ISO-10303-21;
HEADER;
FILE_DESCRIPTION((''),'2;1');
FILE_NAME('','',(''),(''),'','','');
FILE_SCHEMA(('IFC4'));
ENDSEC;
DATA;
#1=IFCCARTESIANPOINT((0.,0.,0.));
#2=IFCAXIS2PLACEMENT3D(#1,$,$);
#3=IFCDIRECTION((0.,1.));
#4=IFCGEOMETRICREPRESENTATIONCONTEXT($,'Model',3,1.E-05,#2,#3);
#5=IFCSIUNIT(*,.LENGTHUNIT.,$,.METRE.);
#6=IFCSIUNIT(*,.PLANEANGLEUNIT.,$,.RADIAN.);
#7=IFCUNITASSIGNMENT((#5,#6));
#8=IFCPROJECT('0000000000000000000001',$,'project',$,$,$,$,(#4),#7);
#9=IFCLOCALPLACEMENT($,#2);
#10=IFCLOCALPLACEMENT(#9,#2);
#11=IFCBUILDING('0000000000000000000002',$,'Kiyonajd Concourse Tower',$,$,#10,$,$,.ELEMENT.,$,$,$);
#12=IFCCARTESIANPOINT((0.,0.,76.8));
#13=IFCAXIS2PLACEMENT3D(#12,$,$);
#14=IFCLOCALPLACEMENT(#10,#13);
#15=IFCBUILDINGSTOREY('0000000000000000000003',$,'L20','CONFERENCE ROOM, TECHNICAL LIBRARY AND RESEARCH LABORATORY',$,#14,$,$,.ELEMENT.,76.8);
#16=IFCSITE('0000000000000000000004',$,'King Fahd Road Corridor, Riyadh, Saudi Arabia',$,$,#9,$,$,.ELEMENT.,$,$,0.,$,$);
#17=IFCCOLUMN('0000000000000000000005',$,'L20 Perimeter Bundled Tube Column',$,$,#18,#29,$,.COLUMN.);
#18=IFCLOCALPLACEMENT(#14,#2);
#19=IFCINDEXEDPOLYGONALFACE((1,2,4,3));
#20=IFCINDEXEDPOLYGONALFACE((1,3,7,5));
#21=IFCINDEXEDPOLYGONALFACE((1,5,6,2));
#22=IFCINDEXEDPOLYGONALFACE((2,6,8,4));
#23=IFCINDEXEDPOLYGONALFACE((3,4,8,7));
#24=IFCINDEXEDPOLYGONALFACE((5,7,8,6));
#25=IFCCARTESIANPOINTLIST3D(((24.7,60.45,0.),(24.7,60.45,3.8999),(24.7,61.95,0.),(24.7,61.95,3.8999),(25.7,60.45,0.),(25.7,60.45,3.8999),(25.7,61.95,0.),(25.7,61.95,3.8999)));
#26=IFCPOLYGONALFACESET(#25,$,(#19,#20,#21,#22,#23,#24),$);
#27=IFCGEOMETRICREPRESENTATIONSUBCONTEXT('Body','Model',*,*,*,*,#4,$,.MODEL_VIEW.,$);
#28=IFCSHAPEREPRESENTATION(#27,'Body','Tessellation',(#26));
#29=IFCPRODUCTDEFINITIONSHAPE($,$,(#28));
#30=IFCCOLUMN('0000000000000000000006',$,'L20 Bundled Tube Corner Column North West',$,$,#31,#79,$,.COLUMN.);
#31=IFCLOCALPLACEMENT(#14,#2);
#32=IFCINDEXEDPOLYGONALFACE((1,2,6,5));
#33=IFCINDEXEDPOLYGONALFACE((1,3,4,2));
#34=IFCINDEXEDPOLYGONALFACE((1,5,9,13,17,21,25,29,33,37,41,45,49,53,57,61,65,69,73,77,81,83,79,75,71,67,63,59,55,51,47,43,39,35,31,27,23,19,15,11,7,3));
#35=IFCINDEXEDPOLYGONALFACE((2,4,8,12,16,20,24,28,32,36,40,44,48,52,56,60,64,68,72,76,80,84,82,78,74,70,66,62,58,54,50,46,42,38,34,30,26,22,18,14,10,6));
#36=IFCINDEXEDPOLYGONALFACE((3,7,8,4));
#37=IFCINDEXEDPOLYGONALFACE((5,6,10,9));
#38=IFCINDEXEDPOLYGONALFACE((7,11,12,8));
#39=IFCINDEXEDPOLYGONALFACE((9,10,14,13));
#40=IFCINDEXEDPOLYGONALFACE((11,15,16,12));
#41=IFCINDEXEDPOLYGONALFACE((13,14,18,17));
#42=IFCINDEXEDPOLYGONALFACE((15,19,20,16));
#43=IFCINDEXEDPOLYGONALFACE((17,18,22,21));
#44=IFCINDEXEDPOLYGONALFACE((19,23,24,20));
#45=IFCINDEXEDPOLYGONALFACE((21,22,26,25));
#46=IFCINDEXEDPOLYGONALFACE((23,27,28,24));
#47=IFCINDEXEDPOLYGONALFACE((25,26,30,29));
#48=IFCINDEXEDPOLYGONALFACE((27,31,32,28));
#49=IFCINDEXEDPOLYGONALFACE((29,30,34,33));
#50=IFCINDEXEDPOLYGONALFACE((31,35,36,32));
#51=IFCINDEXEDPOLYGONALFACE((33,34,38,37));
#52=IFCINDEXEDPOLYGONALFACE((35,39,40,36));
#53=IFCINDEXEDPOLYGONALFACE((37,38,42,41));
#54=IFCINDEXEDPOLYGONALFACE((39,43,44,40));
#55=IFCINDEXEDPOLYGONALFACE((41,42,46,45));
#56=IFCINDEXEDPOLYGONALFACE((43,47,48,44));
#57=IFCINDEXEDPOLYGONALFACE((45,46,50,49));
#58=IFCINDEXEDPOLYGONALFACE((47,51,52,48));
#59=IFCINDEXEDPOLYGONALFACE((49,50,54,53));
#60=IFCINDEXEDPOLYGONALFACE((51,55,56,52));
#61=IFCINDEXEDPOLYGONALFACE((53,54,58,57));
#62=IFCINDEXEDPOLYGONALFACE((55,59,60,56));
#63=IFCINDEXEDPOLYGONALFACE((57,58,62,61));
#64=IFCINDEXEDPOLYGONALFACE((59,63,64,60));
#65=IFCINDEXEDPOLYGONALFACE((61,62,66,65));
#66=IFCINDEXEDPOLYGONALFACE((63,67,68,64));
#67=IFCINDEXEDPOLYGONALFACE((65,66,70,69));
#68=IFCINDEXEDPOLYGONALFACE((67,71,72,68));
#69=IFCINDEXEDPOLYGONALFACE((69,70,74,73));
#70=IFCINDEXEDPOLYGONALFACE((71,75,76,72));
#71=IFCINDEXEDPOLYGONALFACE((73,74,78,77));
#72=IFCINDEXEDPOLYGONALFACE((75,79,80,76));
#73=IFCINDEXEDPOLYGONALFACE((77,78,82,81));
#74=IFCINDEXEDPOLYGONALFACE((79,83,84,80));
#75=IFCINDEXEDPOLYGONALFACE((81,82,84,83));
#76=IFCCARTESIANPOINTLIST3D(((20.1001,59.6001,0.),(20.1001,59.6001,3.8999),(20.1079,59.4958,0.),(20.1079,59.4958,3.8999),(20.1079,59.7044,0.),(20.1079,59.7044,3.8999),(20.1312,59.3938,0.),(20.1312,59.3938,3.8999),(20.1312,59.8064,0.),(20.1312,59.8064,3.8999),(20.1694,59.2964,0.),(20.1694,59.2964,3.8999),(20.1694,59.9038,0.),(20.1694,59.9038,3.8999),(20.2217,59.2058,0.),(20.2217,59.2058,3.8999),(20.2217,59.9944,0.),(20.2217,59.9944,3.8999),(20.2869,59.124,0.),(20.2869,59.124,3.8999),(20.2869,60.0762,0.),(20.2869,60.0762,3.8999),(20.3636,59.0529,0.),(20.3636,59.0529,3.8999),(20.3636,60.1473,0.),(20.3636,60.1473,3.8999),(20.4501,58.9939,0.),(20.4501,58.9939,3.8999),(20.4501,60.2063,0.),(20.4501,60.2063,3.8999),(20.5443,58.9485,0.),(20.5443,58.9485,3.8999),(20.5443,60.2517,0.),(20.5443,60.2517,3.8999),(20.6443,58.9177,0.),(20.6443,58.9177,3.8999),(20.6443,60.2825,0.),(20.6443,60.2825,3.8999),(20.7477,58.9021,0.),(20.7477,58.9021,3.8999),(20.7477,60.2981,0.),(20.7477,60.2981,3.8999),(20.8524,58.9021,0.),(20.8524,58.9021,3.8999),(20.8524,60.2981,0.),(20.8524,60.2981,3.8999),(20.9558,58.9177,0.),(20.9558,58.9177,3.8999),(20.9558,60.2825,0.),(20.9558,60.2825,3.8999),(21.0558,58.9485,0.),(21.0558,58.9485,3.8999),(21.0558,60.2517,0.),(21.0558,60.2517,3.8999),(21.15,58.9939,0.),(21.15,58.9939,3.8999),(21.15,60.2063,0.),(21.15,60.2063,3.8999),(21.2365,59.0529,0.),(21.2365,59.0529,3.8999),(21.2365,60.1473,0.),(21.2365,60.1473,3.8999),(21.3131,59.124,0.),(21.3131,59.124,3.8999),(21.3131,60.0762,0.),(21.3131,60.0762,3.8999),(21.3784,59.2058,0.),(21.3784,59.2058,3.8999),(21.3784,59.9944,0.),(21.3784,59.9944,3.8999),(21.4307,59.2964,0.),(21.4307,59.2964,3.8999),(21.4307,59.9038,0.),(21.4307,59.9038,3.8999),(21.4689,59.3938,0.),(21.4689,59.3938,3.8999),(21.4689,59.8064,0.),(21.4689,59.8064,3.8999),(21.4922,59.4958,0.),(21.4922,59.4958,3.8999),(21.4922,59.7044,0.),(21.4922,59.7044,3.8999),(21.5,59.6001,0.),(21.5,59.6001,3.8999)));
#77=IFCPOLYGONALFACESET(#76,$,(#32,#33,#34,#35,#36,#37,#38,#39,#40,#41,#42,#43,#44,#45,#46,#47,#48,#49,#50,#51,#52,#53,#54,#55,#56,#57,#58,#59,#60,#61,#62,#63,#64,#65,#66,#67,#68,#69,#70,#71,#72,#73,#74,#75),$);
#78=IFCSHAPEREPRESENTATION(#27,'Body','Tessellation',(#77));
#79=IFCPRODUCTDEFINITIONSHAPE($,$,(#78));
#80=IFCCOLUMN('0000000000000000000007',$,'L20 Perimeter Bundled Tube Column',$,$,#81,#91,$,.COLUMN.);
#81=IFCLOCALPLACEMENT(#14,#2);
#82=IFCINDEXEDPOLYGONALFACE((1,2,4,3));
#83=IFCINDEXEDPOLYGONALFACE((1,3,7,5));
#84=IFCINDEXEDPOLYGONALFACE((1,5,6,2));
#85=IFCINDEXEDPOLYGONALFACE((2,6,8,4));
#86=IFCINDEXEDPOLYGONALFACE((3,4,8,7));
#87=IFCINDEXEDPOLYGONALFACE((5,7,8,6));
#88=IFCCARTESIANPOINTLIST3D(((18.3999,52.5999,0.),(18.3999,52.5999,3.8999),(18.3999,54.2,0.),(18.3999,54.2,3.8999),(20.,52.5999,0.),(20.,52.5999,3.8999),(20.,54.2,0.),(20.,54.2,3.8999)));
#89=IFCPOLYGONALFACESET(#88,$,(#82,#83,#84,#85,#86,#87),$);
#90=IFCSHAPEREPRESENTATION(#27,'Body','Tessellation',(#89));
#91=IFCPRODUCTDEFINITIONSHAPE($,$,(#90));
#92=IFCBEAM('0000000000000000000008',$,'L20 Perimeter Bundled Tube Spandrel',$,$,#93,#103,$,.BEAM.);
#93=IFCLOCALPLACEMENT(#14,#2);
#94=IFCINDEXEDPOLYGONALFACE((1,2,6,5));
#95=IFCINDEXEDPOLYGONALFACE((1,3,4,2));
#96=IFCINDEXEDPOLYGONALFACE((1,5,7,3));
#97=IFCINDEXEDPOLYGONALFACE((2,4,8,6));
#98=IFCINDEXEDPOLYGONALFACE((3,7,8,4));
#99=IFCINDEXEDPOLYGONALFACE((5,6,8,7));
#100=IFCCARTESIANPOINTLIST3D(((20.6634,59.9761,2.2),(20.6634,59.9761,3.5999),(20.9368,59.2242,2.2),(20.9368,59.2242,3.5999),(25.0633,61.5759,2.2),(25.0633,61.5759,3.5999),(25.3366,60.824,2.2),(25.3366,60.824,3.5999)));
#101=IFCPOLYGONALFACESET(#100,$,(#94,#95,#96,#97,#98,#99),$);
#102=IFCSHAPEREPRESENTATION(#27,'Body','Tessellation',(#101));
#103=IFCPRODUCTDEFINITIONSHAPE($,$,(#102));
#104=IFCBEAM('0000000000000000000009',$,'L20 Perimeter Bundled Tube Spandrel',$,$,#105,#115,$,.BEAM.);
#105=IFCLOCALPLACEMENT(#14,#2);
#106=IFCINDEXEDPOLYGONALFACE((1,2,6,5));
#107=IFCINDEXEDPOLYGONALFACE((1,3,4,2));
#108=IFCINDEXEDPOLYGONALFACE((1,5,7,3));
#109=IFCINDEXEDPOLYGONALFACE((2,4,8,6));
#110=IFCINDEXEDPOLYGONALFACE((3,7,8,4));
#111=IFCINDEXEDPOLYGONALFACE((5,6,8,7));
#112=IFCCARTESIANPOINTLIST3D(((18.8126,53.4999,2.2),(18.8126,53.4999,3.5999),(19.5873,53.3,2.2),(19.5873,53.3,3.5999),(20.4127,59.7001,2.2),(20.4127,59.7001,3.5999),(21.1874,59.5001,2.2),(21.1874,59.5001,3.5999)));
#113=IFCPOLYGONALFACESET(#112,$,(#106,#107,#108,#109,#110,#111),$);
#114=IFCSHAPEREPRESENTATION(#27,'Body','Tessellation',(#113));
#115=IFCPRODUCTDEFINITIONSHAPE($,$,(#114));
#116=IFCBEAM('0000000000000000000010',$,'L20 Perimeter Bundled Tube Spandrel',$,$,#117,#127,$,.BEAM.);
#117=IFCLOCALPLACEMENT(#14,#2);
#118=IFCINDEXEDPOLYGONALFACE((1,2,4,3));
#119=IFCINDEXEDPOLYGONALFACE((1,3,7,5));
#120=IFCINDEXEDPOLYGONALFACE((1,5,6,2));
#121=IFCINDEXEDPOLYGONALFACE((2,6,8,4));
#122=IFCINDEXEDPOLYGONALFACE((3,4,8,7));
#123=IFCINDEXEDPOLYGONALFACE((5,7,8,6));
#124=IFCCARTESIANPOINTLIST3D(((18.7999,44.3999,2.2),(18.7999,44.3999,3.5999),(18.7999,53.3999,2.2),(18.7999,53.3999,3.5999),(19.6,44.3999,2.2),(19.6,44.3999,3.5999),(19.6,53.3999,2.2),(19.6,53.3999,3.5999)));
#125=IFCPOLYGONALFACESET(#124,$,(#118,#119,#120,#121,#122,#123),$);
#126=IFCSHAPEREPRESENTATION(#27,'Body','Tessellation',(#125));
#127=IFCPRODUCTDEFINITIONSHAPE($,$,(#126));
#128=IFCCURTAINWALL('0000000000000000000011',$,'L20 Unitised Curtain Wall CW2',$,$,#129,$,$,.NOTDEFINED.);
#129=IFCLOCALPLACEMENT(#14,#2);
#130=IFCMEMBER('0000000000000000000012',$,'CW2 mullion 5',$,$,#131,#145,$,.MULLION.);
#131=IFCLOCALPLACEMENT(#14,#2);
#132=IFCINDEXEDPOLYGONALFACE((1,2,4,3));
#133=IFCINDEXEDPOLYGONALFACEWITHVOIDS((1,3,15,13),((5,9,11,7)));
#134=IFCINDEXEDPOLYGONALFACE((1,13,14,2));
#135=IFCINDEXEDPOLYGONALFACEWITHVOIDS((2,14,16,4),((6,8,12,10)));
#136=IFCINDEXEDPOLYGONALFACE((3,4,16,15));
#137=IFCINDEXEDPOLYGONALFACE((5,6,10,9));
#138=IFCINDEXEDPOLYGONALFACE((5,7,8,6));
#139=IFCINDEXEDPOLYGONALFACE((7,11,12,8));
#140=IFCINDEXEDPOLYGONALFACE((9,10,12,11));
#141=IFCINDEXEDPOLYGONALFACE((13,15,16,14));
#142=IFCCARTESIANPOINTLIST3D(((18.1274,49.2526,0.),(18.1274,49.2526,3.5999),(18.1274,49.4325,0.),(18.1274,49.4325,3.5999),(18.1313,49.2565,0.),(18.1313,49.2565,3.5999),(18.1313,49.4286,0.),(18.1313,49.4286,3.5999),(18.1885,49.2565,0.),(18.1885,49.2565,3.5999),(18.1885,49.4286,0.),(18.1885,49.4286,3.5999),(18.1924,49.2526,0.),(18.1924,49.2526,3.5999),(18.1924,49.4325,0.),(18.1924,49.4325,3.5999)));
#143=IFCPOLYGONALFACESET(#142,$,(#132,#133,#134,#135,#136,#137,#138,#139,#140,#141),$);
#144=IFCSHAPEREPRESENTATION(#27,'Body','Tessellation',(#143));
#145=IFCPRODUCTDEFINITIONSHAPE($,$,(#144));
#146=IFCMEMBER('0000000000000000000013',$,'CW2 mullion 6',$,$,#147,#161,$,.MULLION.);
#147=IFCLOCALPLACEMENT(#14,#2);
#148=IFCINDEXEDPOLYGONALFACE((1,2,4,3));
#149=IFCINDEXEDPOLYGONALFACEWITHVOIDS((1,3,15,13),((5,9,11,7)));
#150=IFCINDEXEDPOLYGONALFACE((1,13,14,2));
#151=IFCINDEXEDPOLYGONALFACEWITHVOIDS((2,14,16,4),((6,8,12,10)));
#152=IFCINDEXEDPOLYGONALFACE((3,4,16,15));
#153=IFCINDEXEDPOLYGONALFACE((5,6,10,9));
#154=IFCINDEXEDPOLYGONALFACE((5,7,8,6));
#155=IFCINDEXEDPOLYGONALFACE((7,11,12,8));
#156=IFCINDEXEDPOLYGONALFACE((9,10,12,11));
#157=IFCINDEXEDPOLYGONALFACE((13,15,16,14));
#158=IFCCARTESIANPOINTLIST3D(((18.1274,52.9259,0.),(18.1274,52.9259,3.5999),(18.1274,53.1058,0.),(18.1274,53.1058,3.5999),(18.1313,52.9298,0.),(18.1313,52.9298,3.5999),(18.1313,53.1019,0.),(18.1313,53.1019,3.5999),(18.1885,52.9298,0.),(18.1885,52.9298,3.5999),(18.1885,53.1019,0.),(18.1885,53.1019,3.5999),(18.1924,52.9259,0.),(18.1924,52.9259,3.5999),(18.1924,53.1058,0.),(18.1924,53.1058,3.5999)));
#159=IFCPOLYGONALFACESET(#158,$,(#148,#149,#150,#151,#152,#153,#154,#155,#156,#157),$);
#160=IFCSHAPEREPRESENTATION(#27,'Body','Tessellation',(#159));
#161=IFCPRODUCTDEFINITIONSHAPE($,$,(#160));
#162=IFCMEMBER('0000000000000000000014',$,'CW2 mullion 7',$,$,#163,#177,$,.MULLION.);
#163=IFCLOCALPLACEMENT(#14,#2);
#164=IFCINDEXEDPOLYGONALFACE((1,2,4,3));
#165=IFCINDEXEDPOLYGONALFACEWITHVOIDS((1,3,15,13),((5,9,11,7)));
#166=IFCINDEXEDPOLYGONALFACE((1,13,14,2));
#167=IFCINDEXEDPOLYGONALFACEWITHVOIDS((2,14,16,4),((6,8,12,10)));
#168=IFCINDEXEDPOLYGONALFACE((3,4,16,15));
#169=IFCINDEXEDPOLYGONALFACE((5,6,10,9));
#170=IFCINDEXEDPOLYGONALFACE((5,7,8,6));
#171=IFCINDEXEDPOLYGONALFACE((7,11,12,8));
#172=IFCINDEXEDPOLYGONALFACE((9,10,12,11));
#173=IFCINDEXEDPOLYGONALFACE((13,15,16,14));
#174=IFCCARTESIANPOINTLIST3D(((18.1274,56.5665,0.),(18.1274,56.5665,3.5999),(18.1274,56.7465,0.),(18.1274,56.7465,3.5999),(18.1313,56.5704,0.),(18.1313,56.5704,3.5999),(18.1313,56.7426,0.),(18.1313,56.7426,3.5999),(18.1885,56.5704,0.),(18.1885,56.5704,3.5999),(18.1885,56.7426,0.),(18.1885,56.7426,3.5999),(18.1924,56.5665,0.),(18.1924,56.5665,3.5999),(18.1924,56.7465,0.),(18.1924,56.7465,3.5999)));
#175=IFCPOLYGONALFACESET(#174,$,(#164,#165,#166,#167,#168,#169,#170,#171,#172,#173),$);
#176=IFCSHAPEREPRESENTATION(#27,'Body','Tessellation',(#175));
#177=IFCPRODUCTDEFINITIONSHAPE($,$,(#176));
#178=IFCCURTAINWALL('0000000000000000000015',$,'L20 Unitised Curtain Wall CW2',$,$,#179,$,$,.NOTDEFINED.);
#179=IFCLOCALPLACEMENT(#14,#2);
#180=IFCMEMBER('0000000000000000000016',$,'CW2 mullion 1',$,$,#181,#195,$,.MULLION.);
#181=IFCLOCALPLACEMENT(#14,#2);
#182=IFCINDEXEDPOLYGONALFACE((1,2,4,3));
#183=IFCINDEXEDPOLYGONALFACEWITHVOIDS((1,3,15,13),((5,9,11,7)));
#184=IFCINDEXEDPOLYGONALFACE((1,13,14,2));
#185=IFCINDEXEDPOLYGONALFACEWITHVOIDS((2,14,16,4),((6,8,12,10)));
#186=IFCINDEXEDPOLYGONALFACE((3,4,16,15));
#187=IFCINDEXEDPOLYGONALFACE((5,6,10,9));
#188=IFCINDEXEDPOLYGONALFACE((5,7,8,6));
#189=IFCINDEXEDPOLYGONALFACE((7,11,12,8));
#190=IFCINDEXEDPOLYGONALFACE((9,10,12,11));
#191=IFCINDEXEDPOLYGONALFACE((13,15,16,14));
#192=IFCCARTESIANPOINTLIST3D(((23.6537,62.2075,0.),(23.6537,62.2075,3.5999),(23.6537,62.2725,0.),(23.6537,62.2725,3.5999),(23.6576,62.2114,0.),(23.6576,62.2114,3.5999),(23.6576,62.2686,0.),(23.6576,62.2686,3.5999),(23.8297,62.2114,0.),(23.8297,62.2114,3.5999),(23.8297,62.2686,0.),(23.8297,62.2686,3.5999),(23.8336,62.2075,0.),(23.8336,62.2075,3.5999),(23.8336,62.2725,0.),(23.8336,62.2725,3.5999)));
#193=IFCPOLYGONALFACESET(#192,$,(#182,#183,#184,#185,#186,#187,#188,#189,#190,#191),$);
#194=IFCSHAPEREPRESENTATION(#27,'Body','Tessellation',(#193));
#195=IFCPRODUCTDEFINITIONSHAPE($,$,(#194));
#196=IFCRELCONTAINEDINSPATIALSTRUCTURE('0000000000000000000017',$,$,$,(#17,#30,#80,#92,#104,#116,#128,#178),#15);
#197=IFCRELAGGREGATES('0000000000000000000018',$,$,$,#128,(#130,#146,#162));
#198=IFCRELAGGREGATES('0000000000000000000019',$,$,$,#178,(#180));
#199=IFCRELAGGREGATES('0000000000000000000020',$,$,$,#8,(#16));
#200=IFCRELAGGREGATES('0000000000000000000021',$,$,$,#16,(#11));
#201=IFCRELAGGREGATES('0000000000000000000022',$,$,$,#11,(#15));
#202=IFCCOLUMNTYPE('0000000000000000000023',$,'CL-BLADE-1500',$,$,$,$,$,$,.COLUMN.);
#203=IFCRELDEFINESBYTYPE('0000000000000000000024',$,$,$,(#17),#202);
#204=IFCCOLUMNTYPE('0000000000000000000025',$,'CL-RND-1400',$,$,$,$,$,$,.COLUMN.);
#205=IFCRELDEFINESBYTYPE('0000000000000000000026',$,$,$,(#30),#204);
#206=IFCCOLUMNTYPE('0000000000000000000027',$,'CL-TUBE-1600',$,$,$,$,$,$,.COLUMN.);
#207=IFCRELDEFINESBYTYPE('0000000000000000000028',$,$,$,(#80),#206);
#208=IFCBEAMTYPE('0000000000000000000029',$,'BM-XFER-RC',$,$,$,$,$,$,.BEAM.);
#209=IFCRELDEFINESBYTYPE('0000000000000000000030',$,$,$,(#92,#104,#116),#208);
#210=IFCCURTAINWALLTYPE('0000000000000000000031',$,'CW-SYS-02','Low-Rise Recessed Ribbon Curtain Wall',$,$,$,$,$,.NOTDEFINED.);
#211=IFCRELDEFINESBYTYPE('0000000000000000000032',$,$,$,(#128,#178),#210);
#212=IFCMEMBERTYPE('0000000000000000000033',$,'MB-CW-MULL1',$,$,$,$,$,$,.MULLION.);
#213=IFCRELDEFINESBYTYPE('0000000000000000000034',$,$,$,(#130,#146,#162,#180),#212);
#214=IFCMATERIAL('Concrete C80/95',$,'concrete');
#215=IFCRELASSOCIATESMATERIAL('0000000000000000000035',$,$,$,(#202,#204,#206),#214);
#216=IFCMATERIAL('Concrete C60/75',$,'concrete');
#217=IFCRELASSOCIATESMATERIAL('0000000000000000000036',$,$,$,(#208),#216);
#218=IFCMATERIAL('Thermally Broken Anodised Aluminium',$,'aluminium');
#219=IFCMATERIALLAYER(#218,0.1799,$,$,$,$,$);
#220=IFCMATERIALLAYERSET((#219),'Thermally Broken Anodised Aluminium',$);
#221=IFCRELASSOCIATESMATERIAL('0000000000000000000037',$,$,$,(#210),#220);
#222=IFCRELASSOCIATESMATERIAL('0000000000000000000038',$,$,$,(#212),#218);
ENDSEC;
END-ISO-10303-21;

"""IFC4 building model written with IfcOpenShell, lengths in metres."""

from ifc_helpers import new_model, si_unit, direction, frame, origin, origin_2d, place, context, subcontext, project, spatial, rectangle, hollow_rectangle, circle, extrude, material, layer, layer_set, material_profile, profile_set, type_object, element, aggregate, save


model = new_model("IFC4")

# Units and contexts
model_context = context("Model", 3, precision=1e-05, world=origin(), true_north=direction((0.0, 1.0)))
body_context = subcontext(model_context, "Body", "Model", "MODEL_VIEW")
ifc_project = project(units=[si_unit("LENGTHUNIT", "METRE"), si_unit("PLANEANGLEUNIT", "RADIAN")], contexts=[model_context])

# Site, building, storey
site_placement = place(None, origin())
site = spatial("IfcSite", under=ifc_project, at=site_placement, Name="King Fahd Road Corridor, Riyadh, Saudi Arabia", CompositionType="ELEMENT", RefElevation=0.0)
building_placement = place(site_placement, origin())
building = spatial("IfcBuilding", under=site, at=building_placement, Name="Kiyonajd Concourse Tower", CompositionType="ELEMENT")
storey_placement = place(building_placement, frame((0.0, 0.0, 76.8)))
storey = spatial("IfcBuildingStorey", under=building, at=storey_placement, Name="L20", Description="CONFERENCE ROOM, TECHNICAL LIBRARY AND RESEARCH LABORATORY", CompositionType="ELEMENT", Elevation=76.8)

# Columns
ifc_material_1 = material(Name="Concrete C80/95", Category="concrete")
ifc_material_profile_1 = material_profile(ifc_material_1, rectangle(XDim=1.0, YDim=1.5, at=origin_2d()), Name="RC-1500x1000")
ifc_profile_set_1 = profile_set([ifc_material_profile_1], Name="Concrete C80/95")
column_type_1 = type_object("IfcColumnType", Name="CL-BLADE-1500", PredefinedType="COLUMN", material=ifc_profile_set_1)
column_1_placement = place(storey_placement, frame((25.2, 61.2, 0.0), z_axis=(0.0, 0.0, 1.0), x_axis=(1.0, 0.0, 0.0)))
element("IfcColumn", 1, at=column_1_placement, inside=storey, type_object=column_type_1, Name="L20 Perimeter Bundled Tube Column", PredefinedType="COLUMN", context=body_context, shape_type="SweptSolid", body=[
    extrude(rectangle(XDim=1.0, YDim=1.5, at=origin_2d()), origin(), (0.0, 0.0, 1.0), 3.8999),
])
ifc_material_profile_2 = material_profile(ifc_material_1, circle(Radius=0.7, at=origin_2d()), Name="RCC-D1400")
ifc_profile_set_2 = profile_set([ifc_material_profile_2], Name="Concrete C80/95")
column_type_2 = type_object("IfcColumnType", Name="CL-RND-1400", PredefinedType="COLUMN", material=ifc_profile_set_2)
column_2_placement = place(storey_placement, frame((20.8, 59.6001, 0.0), z_axis=(0.0, 0.0, 1.0), x_axis=(1.0, 0.0, 0.0)))
element("IfcColumn", 2, at=column_2_placement, inside=storey, type_object=column_type_2, Name="L20 Bundled Tube Corner Column North West", PredefinedType="COLUMN", context=body_context, shape_type="SweptSolid", body=[
    extrude(circle(Radius=0.7, at=origin_2d()), origin(), (0.0, 0.0, 1.0), 3.8999),
])
ifc_material_profile_3 = material_profile(ifc_material_1, rectangle(XDim=1.6001, YDim=1.6001, at=origin_2d()), Name="RC-1600x1600")
ifc_profile_set_3 = profile_set([ifc_material_profile_3], Name="Concrete C80/95")
column_type_3 = type_object("IfcColumnType", Name="CL-TUBE-1600", PredefinedType="COLUMN", material=ifc_profile_set_3)
column_3_placement = place(storey_placement, frame((19.2, 53.3999, 0.0), z_axis=(0.0, 0.0, 1.0), x_axis=(1.0, 0.0, 0.0)))
element("IfcColumn", 3, at=column_3_placement, inside=storey, type_object=column_type_3, Name="L20 Perimeter Bundled Tube Column", PredefinedType="COLUMN", context=body_context, shape_type="SweptSolid", body=[
    extrude(rectangle(XDim=1.6001, YDim=1.6001, at=origin_2d()), origin(), (0.0, 0.0, 1.0), 3.8999),
])

# Beams
ifc_material_2 = material(Name="Concrete C60/75", Category="concrete")
ifc_material_profile_4 = material_profile(ifc_material_2, rectangle(XDim=0.8, YDim=1.3999, at=origin_2d()), Name="RCBM-800x1400")
ifc_profile_set_4 = profile_set([ifc_material_profile_4], Name="Concrete C60/75")
beam_type = type_object("IfcBeamType", Name="BM-XFER-RC", PredefinedType="BEAM", material=ifc_profile_set_4)
beam_1_placement = place(storey_placement, frame((25.2, 61.2, 2.8999), z_axis=(-0.939801, -0.341722, 0.0), x_axis=(0.341722, -0.939801, 0.0)))
element("IfcBeam", 4, at=beam_1_placement, inside=storey, type_object=beam_type, Name="L20 Perimeter Bundled Tube Spandrel", PredefinedType="BEAM", context=body_context, shape_type="SweptSolid", body=[
    extrude(rectangle(XDim=0.8, YDim=1.3999, at=origin_2d()), origin(), (0.0, 0.0, 1.0), 4.6816),
])
beam_2_placement = place(storey_placement, frame((20.8, 59.6001, 2.8999), z_axis=(-0.249885, -0.968276, 0.0), x_axis=(0.968276, -0.249885, 0.0)))
element("IfcBeam", 5, at=beam_2_placement, inside=storey, type_object=beam_type, Name="L20 Perimeter Bundled Tube Spandrel", PredefinedType="BEAM", context=body_context, shape_type="SweptSolid", body=[
    extrude(rectangle(XDim=0.8, YDim=1.3999, at=origin_2d()), origin(), (0.0, 0.0, 1.0), 6.4033),
])
beam_3_placement = place(storey_placement, frame((19.2, 53.3999, 2.8999), z_axis=(0.0, -1.0, 0.0), x_axis=(1.0, 0.0, 0.0)))
element("IfcBeam", 6, at=beam_3_placement, inside=storey, type_object=beam_type, Name="L20 Perimeter Bundled Tube Spandrel", PredefinedType="BEAM", context=body_context, shape_type="SweptSolid", body=[
    extrude(rectangle(XDim=0.8, YDim=1.3999, at=origin_2d()), origin(), (0.0, 0.0, 1.0), 9.0),
])

# Curtain walls, members
ifc_material_3 = material(Name="Thermally Broken Anodised Aluminium", Category="aluminium")
ifc_layer_1 = layer(ifc_material_3, 0.1799)
ifc_layer_set_1 = layer_set([ifc_layer_1], Name="Thermally Broken Anodised Aluminium")
curtain_wall_type = type_object("IfcCurtainWallType", Name="CW-SYS-02", Description="Low-Rise Recessed Ribbon Curtain Wall", PredefinedType="NOTDEFINED", material=ifc_layer_set_1)
curtain_wall_1_placement = place(storey_placement, origin())
curtain_wall_1 = element("IfcCurtainWall", 7, at=curtain_wall_1_placement, inside=storey, type_object=curtain_wall_type, Name="L20 Unitised Curtain Wall CW2", PredefinedType="NOTDEFINED")
ifc_material_profile_5 = material_profile(ifc_material_3, hollow_rectangle(XDim=0.0649, YDim=0.1799, WallThickness=0.0039, at=origin_2d()), Name="MULL-65x180")
ifc_profile_set_5 = profile_set([ifc_material_profile_5], Name="Thermally Broken Anodised Aluminium")
member_type_1 = type_object("IfcMemberType", Name="MB-CW-MULL1", PredefinedType="MULLION", material=ifc_profile_set_5)
member_1_placement = place(storey_placement, frame((18.1599, 49.3425, 0.0), z_axis=(0.0, 0.0, 1.0), x_axis=(-1.0, 0.0, 0.0)))
member_1 = element("IfcMember", 8, at=member_1_placement, type_object=member_type_1, Name="CW2 mullion 5", PredefinedType="MULLION", context=body_context, shape_type="SweptSolid", body=[
    extrude(hollow_rectangle(XDim=0.0649, YDim=0.1799, WallThickness=0.0039, at=origin_2d()), origin(), (0.0, 0.0, 1.0), 3.5999),
])
member_2_placement = place(storey_placement, frame((18.1599, 53.0159, 0.0), z_axis=(0.0, 0.0, 1.0), x_axis=(-1.0, 0.0, 0.0)))
member_2 = element("IfcMember", 9, at=member_2_placement, type_object=member_type_1, Name="CW2 mullion 6", PredefinedType="MULLION", context=body_context, shape_type="SweptSolid", body=[
    extrude(hollow_rectangle(XDim=0.0649, YDim=0.1799, WallThickness=0.0039, at=origin_2d()), origin(), (0.0, 0.0, 1.0), 3.5999),
])
member_3_placement = place(storey_placement, frame((18.1599, 56.6565, 0.0), z_axis=(0.0, 0.0, 1.0), x_axis=(-1.0, 0.0, 0.0)))
member_3 = element("IfcMember", 10, at=member_3_placement, type_object=member_type_1, Name="CW2 mullion 7", PredefinedType="MULLION", context=body_context, shape_type="SweptSolid", body=[
    extrude(hollow_rectangle(XDim=0.0649, YDim=0.1799, WallThickness=0.0039, at=origin_2d()), origin(), (0.0, 0.0, 1.0), 3.5999),
])
curtain_wall_2_placement = place(storey_placement, origin())
curtain_wall_2 = element("IfcCurtainWall", 11, at=curtain_wall_2_placement, inside=storey, type_object=curtain_wall_type, Name="L20 Unitised Curtain Wall CW2", PredefinedType="NOTDEFINED")
member_4_placement = place(storey_placement, frame((23.7437, 62.24, 0.0), z_axis=(0.0, 0.0, 1.0), x_axis=(0.0, 1.0, 0.0)))
member_4 = element("IfcMember", 12, at=member_4_placement, type_object=member_type_1, Name="CW2 mullion 1", PredefinedType="MULLION", context=body_context, shape_type="SweptSolid", body=[
    extrude(hollow_rectangle(XDim=0.0649, YDim=0.1799, WallThickness=0.0039, at=origin_2d()), origin(), (0.0, 0.0, 1.0), 3.5999),
])

aggregate(curtain_wall_1, [member_1, member_2, member_3])
aggregate(curtain_wall_2, [member_4])

save(model, "model.ifc")
